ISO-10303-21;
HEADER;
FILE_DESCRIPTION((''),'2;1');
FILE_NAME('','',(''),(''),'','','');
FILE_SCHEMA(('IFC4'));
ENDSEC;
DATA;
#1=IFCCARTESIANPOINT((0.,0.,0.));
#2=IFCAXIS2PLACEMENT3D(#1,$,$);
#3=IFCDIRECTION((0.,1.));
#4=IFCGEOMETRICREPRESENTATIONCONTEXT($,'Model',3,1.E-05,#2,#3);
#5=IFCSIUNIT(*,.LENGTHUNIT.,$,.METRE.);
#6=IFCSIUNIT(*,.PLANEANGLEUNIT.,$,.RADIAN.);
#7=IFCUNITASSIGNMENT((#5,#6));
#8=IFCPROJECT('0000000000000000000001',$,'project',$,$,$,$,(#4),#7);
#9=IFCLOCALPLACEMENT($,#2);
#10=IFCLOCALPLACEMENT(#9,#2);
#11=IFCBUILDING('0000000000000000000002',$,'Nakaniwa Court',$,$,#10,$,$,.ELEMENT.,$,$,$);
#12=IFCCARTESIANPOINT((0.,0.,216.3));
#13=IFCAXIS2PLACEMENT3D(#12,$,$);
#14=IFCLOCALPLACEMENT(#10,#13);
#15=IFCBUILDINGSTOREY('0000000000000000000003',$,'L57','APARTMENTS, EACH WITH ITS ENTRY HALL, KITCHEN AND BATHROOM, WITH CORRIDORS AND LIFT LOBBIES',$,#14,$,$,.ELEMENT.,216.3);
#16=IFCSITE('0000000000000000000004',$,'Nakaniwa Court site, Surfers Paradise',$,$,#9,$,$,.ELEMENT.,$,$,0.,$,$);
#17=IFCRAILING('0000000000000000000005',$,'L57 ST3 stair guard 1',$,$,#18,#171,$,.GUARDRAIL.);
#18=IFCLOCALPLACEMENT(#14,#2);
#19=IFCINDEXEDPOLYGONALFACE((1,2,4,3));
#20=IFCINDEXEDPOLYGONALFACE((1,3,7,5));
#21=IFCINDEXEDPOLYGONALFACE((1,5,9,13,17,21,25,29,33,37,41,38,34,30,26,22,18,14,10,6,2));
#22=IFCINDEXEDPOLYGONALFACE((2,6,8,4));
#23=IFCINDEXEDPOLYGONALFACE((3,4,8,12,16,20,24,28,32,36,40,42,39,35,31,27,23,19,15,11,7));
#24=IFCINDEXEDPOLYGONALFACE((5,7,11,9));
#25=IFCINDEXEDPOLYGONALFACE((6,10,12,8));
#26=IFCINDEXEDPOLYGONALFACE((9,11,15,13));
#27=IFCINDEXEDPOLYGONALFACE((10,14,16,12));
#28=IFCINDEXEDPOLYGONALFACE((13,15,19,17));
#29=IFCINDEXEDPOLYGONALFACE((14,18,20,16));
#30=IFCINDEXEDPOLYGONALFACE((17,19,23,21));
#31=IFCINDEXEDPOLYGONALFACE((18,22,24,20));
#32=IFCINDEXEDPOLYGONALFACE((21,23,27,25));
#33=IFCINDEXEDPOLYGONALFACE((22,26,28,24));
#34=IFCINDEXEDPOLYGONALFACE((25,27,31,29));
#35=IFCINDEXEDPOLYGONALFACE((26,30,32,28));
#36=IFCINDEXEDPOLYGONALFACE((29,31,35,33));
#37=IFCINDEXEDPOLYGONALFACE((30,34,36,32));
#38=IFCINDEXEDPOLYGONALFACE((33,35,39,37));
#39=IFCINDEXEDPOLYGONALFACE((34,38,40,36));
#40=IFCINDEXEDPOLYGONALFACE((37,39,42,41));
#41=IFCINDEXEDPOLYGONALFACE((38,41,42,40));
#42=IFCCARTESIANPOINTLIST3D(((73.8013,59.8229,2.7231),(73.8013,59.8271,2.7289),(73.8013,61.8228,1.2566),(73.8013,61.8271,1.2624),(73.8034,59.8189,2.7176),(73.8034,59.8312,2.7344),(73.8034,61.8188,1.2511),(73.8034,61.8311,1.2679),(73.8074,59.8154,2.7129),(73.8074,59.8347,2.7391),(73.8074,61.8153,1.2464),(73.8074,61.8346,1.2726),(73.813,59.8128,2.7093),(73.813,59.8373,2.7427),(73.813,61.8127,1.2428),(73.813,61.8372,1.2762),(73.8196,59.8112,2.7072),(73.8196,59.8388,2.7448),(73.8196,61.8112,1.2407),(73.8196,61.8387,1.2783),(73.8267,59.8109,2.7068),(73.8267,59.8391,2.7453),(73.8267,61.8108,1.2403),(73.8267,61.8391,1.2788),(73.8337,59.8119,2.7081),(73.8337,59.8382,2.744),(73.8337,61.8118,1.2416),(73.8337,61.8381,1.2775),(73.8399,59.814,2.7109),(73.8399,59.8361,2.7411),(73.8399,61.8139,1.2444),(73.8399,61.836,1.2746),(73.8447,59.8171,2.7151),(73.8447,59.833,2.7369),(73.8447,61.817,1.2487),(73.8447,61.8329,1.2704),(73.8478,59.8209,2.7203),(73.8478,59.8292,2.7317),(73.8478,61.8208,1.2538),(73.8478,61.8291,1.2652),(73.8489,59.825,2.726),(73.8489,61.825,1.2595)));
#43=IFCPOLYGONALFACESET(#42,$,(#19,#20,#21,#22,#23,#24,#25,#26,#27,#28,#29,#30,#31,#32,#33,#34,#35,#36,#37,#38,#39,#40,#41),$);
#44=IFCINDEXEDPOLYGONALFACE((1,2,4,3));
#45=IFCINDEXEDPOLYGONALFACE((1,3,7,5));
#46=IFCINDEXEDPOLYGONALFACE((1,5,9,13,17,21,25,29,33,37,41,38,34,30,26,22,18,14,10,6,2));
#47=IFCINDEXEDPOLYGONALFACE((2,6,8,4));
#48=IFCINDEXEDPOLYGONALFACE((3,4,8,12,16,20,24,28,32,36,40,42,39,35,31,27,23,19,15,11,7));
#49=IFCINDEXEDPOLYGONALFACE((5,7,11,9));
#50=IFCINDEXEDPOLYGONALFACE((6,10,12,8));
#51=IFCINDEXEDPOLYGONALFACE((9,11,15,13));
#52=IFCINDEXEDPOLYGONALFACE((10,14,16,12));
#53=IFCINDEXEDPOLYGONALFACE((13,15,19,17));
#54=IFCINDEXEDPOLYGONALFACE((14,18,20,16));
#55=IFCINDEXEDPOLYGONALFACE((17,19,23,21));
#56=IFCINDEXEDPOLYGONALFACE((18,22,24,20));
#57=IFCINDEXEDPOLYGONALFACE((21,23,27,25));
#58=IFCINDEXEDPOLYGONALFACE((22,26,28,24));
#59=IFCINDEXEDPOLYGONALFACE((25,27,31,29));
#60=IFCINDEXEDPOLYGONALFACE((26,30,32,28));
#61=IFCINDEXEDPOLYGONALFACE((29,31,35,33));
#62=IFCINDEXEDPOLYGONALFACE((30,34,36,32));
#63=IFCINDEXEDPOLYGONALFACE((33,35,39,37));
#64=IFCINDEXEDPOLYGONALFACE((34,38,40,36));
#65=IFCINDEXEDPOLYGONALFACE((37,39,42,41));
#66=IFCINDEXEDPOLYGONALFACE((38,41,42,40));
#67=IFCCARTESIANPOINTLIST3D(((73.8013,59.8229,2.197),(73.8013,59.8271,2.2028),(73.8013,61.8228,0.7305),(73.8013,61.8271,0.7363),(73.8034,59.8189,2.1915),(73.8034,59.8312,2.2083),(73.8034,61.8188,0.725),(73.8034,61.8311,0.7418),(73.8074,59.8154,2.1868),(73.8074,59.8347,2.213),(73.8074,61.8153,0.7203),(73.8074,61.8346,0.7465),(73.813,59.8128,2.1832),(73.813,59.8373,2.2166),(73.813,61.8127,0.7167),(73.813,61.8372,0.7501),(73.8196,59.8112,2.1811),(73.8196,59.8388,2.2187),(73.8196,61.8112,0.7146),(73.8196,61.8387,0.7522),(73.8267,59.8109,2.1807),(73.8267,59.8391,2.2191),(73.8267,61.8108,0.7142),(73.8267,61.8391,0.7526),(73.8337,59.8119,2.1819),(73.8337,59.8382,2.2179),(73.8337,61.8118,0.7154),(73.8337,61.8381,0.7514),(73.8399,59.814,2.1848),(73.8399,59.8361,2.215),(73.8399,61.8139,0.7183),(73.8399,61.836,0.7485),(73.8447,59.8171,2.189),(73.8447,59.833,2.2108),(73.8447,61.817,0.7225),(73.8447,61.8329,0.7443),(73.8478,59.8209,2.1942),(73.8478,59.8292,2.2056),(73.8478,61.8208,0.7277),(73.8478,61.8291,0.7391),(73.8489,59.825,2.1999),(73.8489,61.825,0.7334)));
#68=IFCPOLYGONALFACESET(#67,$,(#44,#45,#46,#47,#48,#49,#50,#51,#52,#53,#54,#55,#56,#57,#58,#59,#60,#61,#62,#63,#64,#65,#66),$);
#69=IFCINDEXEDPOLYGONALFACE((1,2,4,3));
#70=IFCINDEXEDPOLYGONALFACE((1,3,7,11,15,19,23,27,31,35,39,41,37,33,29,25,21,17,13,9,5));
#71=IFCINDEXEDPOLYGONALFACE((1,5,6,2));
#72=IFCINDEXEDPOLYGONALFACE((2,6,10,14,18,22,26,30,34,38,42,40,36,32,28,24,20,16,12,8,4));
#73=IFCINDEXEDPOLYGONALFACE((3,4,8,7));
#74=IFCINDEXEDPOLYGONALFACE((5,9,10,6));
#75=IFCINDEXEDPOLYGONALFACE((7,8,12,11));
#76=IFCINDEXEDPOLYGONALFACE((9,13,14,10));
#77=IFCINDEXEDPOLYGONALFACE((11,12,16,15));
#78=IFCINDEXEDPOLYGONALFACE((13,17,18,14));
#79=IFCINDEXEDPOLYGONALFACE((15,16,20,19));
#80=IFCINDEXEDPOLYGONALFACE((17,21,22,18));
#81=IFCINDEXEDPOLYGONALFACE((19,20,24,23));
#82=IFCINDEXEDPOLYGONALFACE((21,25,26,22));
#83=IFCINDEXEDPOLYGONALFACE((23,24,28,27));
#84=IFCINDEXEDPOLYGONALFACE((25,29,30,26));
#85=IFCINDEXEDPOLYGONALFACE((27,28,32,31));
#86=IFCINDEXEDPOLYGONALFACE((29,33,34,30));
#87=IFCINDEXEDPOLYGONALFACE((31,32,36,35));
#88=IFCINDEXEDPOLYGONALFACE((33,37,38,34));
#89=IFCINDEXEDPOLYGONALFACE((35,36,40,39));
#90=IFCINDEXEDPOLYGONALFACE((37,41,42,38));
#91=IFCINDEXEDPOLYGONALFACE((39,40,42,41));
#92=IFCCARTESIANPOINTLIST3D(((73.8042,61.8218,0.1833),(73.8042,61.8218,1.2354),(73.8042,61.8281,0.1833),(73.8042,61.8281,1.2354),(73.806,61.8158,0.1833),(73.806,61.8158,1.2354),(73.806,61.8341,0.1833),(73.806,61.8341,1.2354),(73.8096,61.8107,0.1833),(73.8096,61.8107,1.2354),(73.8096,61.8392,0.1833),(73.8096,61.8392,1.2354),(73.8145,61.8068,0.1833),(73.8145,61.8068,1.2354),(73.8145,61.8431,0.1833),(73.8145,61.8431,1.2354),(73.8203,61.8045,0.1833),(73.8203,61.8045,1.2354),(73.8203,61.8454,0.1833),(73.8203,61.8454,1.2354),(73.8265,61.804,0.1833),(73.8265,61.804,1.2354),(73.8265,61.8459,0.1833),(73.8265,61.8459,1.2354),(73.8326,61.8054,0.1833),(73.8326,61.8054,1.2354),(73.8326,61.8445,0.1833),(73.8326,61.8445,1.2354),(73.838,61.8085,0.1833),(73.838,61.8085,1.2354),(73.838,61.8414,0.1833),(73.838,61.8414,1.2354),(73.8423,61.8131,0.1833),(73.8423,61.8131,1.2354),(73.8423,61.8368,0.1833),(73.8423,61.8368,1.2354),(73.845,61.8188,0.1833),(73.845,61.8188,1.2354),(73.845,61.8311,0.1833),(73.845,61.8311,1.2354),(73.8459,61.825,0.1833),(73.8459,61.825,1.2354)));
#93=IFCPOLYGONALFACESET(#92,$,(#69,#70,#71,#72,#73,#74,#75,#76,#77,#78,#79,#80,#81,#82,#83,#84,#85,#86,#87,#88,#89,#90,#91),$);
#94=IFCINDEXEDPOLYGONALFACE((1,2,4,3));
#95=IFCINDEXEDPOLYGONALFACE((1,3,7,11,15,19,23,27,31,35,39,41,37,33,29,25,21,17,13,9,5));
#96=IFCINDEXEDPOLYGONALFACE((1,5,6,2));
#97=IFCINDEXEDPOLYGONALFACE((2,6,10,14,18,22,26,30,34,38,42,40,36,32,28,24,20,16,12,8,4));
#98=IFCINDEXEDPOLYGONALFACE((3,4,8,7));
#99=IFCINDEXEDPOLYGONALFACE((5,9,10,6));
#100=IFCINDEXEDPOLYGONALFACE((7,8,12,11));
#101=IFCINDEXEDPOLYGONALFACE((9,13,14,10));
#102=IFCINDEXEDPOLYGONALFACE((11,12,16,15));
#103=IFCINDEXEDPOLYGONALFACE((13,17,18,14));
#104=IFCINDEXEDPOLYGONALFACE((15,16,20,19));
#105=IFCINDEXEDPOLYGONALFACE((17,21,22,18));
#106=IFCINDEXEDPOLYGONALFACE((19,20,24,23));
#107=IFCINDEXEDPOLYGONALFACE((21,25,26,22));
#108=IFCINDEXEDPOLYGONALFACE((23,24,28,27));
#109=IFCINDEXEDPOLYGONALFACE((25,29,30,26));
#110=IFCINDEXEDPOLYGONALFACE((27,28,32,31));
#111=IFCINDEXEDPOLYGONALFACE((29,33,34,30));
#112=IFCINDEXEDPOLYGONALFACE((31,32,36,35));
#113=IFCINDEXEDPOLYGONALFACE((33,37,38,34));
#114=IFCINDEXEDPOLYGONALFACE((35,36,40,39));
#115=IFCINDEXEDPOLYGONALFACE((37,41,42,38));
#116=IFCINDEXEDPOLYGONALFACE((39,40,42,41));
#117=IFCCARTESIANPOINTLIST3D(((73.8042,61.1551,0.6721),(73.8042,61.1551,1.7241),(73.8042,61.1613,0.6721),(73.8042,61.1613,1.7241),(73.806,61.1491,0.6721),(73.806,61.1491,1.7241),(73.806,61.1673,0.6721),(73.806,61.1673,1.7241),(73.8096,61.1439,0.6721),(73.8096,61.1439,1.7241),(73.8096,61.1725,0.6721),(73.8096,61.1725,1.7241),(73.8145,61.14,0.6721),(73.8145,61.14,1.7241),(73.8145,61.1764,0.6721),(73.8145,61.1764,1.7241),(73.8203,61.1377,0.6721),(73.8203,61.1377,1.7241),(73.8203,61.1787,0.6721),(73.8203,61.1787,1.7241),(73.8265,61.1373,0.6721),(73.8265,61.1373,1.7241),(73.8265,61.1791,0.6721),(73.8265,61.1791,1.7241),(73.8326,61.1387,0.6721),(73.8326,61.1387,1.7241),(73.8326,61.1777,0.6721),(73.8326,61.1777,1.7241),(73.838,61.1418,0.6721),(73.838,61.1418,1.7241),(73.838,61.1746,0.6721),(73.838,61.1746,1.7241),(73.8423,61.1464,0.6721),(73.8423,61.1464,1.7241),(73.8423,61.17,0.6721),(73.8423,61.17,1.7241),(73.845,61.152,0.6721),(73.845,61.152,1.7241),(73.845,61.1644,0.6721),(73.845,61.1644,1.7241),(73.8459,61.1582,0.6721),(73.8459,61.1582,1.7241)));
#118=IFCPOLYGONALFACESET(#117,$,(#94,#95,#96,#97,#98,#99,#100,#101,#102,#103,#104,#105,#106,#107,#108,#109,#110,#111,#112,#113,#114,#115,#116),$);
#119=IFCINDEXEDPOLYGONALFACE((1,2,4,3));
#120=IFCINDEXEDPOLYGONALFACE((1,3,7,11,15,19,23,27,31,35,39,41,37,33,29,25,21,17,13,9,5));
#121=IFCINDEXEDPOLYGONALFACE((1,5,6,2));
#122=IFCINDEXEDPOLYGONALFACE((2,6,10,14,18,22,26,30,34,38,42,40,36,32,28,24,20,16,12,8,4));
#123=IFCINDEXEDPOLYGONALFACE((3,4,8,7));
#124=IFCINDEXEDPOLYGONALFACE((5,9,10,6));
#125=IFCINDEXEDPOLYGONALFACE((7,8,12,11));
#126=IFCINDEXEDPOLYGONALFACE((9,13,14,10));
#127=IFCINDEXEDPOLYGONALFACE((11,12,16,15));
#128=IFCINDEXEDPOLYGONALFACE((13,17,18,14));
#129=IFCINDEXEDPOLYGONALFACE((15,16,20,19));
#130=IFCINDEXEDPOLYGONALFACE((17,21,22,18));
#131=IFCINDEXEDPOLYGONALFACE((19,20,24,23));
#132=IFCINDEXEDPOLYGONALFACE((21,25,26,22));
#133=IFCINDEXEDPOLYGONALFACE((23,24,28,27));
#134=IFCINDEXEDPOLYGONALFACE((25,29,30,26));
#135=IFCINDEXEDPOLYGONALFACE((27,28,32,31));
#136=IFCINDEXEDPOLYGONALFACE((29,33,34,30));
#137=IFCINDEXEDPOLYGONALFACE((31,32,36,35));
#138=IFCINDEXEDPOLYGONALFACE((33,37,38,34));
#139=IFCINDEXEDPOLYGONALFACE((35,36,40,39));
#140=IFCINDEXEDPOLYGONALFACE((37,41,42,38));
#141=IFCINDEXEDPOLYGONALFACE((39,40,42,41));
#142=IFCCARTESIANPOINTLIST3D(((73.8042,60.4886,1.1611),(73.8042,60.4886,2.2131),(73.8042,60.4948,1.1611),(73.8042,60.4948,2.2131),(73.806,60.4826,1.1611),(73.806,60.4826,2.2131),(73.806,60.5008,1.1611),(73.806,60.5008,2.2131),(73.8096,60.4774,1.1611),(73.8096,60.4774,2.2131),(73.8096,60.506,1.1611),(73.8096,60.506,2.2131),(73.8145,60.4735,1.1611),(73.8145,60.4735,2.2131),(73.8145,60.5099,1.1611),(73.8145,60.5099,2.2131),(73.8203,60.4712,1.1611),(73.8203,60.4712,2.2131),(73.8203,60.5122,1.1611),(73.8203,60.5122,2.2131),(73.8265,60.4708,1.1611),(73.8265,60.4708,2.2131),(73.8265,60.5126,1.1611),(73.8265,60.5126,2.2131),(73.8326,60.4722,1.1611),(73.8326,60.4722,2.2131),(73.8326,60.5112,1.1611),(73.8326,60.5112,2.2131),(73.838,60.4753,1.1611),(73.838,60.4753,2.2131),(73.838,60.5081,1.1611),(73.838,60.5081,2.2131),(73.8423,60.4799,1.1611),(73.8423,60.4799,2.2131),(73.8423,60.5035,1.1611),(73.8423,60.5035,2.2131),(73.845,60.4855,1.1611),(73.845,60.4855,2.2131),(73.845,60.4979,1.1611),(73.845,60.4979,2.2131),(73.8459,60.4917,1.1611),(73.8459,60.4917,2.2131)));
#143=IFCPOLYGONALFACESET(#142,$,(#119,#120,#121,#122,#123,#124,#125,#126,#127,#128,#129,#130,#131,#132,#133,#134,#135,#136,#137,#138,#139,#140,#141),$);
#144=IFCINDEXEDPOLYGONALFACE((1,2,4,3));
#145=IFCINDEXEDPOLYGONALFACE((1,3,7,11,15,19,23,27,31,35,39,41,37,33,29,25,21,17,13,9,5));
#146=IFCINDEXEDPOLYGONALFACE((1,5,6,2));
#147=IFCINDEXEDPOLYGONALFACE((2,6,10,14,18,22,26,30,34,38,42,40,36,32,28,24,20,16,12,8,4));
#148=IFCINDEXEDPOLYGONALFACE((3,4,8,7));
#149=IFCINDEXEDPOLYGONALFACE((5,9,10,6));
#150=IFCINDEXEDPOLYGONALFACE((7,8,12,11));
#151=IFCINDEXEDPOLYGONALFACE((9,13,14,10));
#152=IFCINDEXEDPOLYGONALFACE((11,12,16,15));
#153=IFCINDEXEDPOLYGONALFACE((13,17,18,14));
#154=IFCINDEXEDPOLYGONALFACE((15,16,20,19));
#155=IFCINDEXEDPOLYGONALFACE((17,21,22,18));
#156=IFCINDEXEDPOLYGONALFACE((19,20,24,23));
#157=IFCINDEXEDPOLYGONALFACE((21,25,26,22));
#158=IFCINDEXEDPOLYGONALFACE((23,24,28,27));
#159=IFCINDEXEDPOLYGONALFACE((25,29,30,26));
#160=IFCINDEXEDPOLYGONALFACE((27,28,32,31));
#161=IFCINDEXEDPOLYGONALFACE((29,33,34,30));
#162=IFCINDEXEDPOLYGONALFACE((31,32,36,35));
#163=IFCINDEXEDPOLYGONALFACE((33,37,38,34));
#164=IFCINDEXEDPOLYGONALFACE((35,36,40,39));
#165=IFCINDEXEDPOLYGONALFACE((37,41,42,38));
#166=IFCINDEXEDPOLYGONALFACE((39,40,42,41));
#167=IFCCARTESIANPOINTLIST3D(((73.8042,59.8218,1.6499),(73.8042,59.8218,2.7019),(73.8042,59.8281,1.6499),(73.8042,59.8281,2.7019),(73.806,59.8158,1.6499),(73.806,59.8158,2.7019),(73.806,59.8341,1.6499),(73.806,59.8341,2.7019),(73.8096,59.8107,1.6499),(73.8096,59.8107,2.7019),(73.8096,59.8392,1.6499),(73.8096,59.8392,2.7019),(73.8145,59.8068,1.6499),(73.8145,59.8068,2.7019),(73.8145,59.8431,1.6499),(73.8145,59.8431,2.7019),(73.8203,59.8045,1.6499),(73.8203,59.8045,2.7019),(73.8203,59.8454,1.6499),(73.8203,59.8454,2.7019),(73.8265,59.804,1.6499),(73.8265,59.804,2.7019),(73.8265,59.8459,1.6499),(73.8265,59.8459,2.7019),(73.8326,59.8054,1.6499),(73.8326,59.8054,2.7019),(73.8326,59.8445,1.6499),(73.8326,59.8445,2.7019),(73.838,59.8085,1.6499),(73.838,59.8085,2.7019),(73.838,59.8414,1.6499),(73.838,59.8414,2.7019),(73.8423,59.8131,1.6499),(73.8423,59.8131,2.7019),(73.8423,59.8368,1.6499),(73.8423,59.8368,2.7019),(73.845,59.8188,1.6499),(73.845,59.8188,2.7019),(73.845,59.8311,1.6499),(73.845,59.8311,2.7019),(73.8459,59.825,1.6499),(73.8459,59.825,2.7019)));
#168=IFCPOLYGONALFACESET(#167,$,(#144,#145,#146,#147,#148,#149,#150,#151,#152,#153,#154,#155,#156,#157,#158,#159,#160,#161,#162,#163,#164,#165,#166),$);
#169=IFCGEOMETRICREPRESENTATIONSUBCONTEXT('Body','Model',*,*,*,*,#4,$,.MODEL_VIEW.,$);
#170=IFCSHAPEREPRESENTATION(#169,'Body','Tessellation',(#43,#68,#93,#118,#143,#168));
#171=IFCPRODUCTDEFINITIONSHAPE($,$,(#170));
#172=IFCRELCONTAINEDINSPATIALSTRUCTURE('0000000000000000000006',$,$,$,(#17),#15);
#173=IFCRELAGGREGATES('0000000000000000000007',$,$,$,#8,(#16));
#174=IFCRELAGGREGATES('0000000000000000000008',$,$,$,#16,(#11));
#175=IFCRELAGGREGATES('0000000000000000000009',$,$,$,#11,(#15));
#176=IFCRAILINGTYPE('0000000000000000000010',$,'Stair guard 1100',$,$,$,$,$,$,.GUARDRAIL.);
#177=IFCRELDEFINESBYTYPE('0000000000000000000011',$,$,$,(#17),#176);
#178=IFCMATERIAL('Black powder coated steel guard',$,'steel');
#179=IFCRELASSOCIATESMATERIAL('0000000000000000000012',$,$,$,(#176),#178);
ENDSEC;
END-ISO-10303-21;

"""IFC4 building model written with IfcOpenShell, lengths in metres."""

from ifc_helpers import new_model, si_unit, direction, frame, origin, origin_2d, place, context, subcontext, project, spatial, circle, extrude, material, type_object, element, save


model = new_model("IFC4")

# Units and contexts
model_context = context("Model", 3, precision=1e-05, world=origin(), true_north=direction((0.0, 1.0)))
body_context = subcontext(model_context, "Body", "Model", "MODEL_VIEW")
ifc_project = project(units=[si_unit("LENGTHUNIT", "METRE"), si_unit("PLANEANGLEUNIT", "RADIAN")], contexts=[model_context])

# Site, building, storey
site_placement = place(None, origin())
site = spatial("IfcSite", under=ifc_project, at=site_placement, Name="Nakaniwa Court site, Surfers Paradise", CompositionType="ELEMENT", RefElevation=0.0)
building_placement = place(site_placement, origin())
building = spatial("IfcBuilding", under=site, at=building_placement, Name="Nakaniwa Court", CompositionType="ELEMENT")
storey_placement = place(building_placement, frame((0.0, 0.0, 216.3)))
storey = spatial("IfcBuildingStorey", under=building, at=storey_placement, Name="L57", Description="APARTMENTS, EACH WITH ITS ENTRY HALL, KITCHEN AND BATHROOM, WITH CORRIDORS AND LIFT LOBBIES", CompositionType="ELEMENT", Elevation=216.3)

# Railing
ifc_material_1 = material(Name="Black powder coated steel guard", Category="steel")
railing_type_1 = type_object("IfcRailingType", Name="Stair guard 1100", PredefinedType="GUARDRAIL", material=ifc_material_1)
railing_1_placement = place(storey_placement, frame((73.825, 61.825, 0.1833)))
element("IfcRailing", 1, at=railing_1_placement, inside=storey, type_object=railing_type_1, Name="L57 ST3 stair guard 1", PredefinedType="GUARDRAIL", context=body_context, shape_type="SweptSolid", body=[
    extrude(circle(Radius=0.0239, at=origin_2d()), frame((0.0, 0.0, 1.0762), z_axis=(0.0, -0.806427, 0.591334), x_axis=(1.0, 0.0, 0.0)), (0.0, 0.0, 1.0), 2.48),
    extrude(circle(Radius=0.0239, at=origin_2d()), frame((0.0, 0.0, 0.55), z_axis=(0.0, -0.806427, 0.591334), x_axis=(1.0, 0.0, 0.0)), (0.0, 0.0, 1.0), 2.48),
    extrude(circle(Radius=0.021, at=origin_2d()), origin(), (0.0, 0.0, 1.0), 1.052),
    extrude(circle(Radius=0.021, at=origin_2d()), frame((0.0, -0.6667, 0.4888)), (0.0, 0.0, 1.0), 1.052),
    extrude(circle(Radius=0.021, at=origin_2d()), frame((0.0, -1.3333, 0.9778)), (0.0, 0.0, 1.0), 1.052),
    extrude(circle(Radius=0.021, at=origin_2d()), frame((0.0, -2.0, 1.4666)), (0.0, 0.0, 1.0), 1.052),
])

save(model, "model.ifc")
